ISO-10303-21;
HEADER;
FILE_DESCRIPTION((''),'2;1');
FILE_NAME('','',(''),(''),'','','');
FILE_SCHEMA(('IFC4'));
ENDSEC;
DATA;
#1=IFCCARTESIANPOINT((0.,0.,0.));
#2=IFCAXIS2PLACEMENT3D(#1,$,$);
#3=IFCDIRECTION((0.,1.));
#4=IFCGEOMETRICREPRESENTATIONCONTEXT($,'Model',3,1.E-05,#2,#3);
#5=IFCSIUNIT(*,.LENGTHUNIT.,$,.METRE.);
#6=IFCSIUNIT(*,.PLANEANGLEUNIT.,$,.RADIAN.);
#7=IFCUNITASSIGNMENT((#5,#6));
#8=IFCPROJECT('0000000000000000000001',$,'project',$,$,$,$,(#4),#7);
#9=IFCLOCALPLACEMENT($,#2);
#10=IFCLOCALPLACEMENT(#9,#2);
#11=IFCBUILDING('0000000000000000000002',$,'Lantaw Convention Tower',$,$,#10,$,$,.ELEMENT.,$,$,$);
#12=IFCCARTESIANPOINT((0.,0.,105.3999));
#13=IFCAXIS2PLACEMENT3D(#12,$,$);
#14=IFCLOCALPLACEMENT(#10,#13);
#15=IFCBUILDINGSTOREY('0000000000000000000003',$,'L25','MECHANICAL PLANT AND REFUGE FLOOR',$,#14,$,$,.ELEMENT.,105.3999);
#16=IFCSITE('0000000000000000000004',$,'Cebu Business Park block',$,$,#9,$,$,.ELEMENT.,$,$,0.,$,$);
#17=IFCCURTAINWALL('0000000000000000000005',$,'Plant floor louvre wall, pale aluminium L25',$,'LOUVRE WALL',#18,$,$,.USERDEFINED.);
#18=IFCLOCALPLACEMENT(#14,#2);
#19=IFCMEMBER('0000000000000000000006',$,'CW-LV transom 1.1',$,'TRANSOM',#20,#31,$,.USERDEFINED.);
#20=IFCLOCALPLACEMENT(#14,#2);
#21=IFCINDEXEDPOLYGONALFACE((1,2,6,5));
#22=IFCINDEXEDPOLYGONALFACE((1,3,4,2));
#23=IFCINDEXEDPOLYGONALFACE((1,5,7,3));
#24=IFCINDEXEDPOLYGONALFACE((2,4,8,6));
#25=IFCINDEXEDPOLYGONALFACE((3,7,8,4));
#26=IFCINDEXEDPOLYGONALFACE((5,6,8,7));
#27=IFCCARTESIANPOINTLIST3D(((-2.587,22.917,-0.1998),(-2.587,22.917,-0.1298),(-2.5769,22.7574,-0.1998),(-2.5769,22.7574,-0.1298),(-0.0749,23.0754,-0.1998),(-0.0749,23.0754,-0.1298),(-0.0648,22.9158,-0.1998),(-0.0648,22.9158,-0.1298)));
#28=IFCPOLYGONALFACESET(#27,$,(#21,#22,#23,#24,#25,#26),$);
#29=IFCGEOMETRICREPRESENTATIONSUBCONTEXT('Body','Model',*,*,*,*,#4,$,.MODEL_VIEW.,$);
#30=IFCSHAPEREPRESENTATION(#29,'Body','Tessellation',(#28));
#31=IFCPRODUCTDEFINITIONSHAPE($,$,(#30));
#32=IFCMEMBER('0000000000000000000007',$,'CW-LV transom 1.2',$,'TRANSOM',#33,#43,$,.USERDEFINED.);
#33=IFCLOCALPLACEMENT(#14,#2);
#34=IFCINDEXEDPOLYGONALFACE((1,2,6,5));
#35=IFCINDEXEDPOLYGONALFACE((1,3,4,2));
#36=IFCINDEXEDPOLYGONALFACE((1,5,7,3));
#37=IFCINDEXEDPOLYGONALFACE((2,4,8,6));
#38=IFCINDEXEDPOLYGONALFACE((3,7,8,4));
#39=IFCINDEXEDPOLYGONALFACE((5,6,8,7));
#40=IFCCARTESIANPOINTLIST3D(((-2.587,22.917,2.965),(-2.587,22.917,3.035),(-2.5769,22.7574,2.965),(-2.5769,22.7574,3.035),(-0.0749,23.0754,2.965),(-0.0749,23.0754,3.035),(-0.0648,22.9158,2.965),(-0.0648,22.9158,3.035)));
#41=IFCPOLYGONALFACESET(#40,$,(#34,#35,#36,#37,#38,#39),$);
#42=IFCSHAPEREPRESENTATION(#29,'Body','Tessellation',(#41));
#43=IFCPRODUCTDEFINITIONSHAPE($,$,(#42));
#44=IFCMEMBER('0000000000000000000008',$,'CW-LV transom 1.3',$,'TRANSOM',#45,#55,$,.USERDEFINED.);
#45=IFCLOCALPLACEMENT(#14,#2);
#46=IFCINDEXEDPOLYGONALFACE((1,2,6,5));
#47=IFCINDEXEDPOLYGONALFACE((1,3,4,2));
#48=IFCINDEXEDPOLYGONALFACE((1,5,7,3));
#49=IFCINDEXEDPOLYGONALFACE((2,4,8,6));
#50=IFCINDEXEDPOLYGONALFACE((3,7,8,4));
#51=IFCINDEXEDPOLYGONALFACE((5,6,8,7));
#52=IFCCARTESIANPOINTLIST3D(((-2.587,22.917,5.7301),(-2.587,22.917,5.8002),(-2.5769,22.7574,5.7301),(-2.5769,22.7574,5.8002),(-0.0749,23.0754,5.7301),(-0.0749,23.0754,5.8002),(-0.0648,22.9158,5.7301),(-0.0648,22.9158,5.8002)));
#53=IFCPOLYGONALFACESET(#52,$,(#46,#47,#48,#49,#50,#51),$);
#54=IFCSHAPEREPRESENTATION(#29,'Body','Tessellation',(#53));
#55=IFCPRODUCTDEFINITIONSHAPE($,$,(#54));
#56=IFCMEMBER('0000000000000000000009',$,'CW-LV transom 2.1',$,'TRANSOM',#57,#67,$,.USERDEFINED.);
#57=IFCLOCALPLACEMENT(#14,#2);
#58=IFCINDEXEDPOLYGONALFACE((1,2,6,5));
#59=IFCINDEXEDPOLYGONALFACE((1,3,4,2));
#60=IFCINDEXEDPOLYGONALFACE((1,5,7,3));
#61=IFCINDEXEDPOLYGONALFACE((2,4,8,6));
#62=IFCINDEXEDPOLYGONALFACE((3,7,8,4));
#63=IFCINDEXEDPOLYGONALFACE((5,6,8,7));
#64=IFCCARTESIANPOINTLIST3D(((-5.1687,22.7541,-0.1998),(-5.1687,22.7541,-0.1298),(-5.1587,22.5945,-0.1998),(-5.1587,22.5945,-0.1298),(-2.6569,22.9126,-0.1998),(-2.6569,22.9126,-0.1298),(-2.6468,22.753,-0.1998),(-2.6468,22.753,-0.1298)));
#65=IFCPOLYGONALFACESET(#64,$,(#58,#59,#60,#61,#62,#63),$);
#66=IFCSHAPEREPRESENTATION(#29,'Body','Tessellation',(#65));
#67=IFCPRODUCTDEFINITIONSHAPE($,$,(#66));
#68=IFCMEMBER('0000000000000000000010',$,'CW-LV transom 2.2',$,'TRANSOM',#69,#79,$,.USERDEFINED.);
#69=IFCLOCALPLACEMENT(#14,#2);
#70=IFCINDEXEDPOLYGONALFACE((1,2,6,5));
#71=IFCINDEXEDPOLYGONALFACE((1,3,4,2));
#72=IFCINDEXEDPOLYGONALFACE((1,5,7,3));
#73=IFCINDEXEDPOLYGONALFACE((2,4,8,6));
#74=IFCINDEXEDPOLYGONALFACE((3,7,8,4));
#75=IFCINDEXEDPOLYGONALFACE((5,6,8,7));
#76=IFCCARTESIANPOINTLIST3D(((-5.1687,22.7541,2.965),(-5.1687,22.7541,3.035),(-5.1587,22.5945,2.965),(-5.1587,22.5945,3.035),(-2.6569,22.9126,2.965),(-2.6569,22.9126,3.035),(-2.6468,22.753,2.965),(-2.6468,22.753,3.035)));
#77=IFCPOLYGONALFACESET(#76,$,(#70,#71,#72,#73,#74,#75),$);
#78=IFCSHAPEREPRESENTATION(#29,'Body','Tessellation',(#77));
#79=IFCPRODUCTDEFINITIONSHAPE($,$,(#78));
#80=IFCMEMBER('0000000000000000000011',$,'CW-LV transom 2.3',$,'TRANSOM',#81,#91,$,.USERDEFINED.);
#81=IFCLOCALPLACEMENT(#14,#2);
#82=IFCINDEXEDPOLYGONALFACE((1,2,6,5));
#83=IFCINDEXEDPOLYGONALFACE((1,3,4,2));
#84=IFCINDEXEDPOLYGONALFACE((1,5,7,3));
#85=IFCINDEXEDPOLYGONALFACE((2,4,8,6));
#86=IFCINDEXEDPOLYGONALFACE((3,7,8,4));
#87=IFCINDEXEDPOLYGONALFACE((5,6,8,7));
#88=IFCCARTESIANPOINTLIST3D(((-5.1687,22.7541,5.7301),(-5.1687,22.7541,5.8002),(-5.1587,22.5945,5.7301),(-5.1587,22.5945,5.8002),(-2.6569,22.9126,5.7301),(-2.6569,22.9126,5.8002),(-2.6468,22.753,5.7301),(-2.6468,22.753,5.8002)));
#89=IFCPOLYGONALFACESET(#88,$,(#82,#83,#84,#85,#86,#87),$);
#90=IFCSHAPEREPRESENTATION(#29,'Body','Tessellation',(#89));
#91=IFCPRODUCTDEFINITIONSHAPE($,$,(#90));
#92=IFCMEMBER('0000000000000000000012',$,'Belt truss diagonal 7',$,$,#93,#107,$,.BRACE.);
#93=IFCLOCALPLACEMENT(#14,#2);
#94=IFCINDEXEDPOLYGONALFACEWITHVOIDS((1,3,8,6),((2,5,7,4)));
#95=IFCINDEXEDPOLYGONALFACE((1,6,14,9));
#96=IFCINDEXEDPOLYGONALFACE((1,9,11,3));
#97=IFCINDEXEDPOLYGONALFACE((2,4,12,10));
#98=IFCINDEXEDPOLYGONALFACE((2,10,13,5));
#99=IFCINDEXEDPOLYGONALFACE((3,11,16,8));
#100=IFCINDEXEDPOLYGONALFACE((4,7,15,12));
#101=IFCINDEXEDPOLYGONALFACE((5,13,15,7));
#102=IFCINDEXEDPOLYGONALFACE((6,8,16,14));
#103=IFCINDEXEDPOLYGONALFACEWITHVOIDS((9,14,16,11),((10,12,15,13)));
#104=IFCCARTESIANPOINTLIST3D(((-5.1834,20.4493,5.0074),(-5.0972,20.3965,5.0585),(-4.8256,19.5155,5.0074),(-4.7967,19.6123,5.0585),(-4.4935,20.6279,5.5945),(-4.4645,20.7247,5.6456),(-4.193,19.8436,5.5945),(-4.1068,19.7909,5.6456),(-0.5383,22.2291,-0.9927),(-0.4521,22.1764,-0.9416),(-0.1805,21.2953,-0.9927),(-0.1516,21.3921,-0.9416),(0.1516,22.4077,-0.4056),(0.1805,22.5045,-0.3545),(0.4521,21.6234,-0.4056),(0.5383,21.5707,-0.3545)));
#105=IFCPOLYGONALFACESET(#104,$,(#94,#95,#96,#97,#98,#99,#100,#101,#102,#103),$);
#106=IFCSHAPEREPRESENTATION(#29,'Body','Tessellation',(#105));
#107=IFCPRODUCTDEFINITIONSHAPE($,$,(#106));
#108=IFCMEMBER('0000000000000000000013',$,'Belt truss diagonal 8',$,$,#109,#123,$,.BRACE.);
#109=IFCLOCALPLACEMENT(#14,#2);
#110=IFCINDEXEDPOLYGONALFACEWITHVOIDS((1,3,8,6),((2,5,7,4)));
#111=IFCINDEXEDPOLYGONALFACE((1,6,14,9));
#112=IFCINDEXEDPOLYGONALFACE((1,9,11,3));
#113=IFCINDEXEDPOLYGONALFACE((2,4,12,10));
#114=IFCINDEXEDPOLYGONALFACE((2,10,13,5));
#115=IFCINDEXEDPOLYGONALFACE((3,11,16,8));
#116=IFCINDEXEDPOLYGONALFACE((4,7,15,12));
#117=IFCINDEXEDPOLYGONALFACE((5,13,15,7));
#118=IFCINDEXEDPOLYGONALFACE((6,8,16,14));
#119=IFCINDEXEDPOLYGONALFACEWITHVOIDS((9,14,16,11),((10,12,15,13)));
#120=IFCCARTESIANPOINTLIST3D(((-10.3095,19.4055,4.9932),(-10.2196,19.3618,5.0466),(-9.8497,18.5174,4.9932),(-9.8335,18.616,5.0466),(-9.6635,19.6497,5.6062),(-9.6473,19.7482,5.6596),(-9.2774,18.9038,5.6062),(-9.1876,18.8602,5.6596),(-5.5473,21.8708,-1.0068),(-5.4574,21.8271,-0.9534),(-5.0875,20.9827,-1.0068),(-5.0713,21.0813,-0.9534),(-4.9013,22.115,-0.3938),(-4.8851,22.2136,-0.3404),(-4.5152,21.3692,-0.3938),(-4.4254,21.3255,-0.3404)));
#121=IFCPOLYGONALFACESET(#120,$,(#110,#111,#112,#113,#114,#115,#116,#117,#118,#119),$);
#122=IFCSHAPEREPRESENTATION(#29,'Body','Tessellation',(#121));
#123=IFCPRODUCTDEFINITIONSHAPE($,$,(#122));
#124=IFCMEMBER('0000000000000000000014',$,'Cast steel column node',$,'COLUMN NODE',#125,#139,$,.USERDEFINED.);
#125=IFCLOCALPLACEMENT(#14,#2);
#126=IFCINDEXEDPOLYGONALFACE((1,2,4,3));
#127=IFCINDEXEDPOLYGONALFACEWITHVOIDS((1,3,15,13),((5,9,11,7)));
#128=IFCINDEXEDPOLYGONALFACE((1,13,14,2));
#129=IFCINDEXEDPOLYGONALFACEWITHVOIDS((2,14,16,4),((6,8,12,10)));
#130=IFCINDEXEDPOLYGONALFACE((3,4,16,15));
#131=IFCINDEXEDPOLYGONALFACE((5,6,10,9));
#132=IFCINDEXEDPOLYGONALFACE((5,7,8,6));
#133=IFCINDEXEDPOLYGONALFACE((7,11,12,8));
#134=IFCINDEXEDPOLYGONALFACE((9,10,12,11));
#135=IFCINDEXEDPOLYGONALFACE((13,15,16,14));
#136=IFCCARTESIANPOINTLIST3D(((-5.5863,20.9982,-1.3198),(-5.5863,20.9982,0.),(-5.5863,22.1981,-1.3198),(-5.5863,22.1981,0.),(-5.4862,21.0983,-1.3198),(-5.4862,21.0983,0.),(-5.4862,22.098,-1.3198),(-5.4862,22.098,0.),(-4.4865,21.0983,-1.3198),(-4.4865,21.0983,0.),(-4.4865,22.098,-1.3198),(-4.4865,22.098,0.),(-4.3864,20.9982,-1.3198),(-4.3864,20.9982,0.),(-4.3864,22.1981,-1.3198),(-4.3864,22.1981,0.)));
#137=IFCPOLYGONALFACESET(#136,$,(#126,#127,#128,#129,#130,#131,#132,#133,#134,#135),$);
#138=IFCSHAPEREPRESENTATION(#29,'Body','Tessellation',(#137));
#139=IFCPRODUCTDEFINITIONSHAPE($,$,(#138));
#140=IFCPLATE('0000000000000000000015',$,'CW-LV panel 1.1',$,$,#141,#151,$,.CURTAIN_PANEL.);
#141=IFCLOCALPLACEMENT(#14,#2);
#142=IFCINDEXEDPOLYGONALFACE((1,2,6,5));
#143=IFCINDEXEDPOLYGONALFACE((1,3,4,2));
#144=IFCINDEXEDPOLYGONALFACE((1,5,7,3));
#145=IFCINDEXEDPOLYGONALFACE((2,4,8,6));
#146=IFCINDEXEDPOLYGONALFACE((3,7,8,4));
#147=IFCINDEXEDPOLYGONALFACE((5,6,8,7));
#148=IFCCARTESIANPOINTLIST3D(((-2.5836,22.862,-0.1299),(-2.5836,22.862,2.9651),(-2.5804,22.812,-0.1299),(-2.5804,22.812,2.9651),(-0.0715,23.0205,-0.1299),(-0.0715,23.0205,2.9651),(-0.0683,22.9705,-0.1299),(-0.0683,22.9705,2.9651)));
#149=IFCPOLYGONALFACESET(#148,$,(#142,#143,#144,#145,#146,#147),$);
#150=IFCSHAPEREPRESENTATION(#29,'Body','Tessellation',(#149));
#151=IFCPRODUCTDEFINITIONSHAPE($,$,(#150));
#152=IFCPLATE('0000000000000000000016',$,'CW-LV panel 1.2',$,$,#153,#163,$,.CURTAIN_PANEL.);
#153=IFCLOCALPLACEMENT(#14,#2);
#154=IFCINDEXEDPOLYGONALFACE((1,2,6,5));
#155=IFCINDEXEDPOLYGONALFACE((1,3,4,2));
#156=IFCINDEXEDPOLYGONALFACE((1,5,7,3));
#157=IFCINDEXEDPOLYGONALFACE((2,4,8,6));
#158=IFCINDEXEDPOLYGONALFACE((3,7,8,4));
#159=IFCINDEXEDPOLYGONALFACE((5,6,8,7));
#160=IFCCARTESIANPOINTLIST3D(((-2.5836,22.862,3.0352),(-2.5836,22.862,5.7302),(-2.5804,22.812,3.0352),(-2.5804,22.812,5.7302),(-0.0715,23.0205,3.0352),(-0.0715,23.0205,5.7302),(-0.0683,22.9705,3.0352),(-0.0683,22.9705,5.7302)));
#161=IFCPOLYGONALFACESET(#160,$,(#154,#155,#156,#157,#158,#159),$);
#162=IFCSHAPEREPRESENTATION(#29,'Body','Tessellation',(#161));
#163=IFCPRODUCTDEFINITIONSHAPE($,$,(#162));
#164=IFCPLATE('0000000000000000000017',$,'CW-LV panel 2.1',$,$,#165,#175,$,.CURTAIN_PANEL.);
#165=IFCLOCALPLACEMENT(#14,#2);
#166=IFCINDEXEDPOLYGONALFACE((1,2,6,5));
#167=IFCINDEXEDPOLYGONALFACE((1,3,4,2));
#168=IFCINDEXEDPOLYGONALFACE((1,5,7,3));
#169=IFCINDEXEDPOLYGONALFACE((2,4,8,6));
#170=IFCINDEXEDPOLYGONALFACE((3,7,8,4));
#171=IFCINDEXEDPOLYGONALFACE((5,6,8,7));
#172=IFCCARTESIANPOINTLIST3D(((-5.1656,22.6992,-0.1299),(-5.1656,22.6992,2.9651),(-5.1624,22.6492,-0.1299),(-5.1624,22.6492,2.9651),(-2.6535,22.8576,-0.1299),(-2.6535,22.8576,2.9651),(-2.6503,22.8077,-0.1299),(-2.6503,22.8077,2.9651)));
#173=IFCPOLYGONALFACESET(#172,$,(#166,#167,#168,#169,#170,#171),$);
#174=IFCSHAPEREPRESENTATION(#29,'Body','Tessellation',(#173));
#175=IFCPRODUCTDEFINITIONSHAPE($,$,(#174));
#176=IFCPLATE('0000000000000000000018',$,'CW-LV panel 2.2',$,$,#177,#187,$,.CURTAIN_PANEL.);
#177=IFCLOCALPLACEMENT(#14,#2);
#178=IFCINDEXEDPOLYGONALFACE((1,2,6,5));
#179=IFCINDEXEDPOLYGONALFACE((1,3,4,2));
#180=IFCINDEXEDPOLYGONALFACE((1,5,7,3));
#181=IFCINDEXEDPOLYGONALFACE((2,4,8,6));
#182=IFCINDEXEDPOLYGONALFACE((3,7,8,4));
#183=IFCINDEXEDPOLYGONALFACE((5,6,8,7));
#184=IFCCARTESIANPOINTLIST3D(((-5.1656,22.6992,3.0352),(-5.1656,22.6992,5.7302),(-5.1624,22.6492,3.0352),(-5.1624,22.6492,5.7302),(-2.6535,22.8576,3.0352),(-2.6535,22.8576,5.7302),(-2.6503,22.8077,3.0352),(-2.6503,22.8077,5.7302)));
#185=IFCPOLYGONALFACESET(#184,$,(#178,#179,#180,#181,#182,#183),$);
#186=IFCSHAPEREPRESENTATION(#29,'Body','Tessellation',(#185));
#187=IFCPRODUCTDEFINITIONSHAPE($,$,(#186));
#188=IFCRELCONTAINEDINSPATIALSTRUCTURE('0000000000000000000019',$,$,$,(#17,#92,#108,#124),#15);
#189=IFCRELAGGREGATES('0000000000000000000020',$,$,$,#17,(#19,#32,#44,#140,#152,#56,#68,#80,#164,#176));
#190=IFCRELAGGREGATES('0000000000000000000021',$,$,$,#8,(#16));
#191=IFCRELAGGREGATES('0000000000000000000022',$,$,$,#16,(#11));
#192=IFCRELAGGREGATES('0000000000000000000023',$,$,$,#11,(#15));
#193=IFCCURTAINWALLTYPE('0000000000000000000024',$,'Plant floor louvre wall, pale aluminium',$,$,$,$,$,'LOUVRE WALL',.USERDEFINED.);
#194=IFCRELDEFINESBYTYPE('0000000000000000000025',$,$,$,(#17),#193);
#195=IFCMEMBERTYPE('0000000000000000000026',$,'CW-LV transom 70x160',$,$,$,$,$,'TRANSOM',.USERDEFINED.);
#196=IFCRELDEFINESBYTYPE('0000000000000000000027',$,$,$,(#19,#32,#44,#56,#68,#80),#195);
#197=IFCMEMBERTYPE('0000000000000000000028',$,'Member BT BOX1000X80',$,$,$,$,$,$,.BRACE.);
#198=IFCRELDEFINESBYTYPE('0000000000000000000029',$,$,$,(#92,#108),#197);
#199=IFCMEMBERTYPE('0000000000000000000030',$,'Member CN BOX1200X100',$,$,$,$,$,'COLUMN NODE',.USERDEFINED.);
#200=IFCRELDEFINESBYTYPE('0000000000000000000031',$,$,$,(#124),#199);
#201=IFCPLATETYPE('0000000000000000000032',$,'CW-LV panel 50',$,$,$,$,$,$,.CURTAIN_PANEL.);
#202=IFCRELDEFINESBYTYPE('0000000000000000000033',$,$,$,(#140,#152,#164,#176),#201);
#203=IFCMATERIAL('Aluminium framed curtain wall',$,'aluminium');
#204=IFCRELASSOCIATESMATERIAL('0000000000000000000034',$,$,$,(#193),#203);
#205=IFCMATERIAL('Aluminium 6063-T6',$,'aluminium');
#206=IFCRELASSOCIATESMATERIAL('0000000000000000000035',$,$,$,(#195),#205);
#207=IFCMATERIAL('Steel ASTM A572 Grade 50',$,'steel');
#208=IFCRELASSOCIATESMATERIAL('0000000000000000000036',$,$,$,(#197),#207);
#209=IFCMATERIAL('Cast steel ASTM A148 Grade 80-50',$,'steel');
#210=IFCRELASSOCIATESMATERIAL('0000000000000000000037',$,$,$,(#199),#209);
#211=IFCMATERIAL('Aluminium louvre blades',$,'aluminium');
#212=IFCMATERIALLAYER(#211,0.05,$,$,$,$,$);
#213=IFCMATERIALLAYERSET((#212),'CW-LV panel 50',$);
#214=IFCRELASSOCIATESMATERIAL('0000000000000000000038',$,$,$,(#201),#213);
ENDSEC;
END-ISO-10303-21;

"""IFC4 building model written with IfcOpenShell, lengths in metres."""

from ifc_helpers import new_model, si_unit, direction, frame, origin, origin_2d, place, context, subcontext, project, spatial, rectangle, hollow_rectangle, extrude, material, layer, layer_set, material_profile, profile_set, type_object, element, aggregate, save


model = new_model("IFC4")

# Units and contexts
model_context = context("Model", 3, precision=1e-05, world=origin(), true_north=direction((0.0, 1.0)))
body_context = subcontext(model_context, "Body", "Model", "MODEL_VIEW")
ifc_project = project(units=[si_unit("LENGTHUNIT", "METRE"), si_unit("PLANEANGLEUNIT", "RADIAN")], contexts=[model_context])

# Site, building, storey
site_placement = place(None, origin())
site = spatial("IfcSite", under=ifc_project, at=site_placement, Name="Cebu Business Park block", CompositionType="ELEMENT", RefElevation=0.0)
building_placement = place(site_placement, origin())
building = spatial("IfcBuilding", under=site, at=building_placement, Name="Lantaw Convention Tower", CompositionType="ELEMENT")
storey_placement = place(building_placement, frame((0.0, 0.0, 105.3999)))
storey = spatial("IfcBuildingStorey", under=building, at=storey_placement, Name="L25", Description="MECHANICAL PLANT AND REFUGE FLOOR", CompositionType="ELEMENT", Elevation=105.3999)

# Curtain wall, members
ifc_material_1 = material(Name="Aluminium framed curtain wall", Category="aluminium")
curtain_wall_type = type_object("IfcCurtainWallType", Name="Plant floor louvre wall, pale aluminium", ElementType="LOUVRE WALL", PredefinedType="USERDEFINED", material=ifc_material_1)
curtain_wall_placement = place(storey_placement, origin())
curtain_wall = element("IfcCurtainWall", 1, at=curtain_wall_placement, inside=storey, type_object=curtain_wall_type, Name="Plant floor louvre wall, pale aluminium L25", ObjectType="LOUVRE WALL", PredefinedType="USERDEFINED")
ifc_material_2 = material(Name="Aluminium 6063-T6", Category="aluminium")
ifc_material_profile_1 = material_profile(ifc_material_2, rectangle(XDim=0.1599, YDim=0.0701, at=origin_2d()), Name="CW-LV transom 70x160")
ifc_profile_set_1 = profile_set([ifc_material_profile_1], Name="Aluminium 6063-T6")
member_type_1 = type_object("IfcMemberType", Name="CW-LV transom 70x160", ElementType="TRANSOM", PredefinedType="USERDEFINED", material=ifc_profile_set_1)
member_1_placement = place(storey_placement, frame((-0.0698, 22.9956, -0.1648), z_axis=(-0.998017, -0.062946, 0.0), x_axis=(0.062946, -0.998017, 0.0)))
member_1 = element("IfcMember", 2, at=member_1_placement, type_object=member_type_1, Name="CW-LV transom 1.1", ObjectType="TRANSOM", PredefinedType="USERDEFINED", context=body_context, shape_type="SweptSolid", body=[
    extrude(rectangle(XDim=0.1599, YDim=0.0701, at=origin_2d()), origin(), (0.0, 0.0, 1.0), 2.5171),
])
member_2_placement = place(storey_placement, frame((-0.0698, 22.9956, 3.0), z_axis=(-0.998017, -0.062946, 0.0), x_axis=(0.062946, -0.998017, 0.0)))
member_2 = element("IfcMember", 3, at=member_2_placement, type_object=member_type_1, Name="CW-LV transom 1.2", ObjectType="TRANSOM", PredefinedType="USERDEFINED", context=body_context, shape_type="SweptSolid", body=[
    extrude(rectangle(XDim=0.1599, YDim=0.0701, at=origin_2d()), origin(), (0.0, 0.0, 1.0), 2.5171),
])
member_3_placement = place(storey_placement, frame((-0.0698, 22.9956, 5.7651), z_axis=(-0.998017, -0.062946, 0.0), x_axis=(0.062946, -0.998017, 0.0)))
member_3 = element("IfcMember", 4, at=member_3_placement, type_object=member_type_1, Name="CW-LV transom 1.3", ObjectType="TRANSOM", PredefinedType="USERDEFINED", context=body_context, shape_type="SweptSolid", body=[
    extrude(rectangle(XDim=0.1599, YDim=0.0701, at=origin_2d()), origin(), (0.0, 0.0, 1.0), 2.5171),
])
member_4_placement = place(storey_placement, frame((-2.6519, 22.8328, -0.1648), z_axis=(-0.998017, -0.062952, 0.0), x_axis=(0.062952, -0.998017, 0.0)))
member_4 = element("IfcMember", 5, at=member_4_placement, type_object=member_type_1, Name="CW-LV transom 2.1", ObjectType="TRANSOM", PredefinedType="USERDEFINED", context=body_context, shape_type="SweptSolid", body=[
    extrude(rectangle(XDim=0.1599, YDim=0.0701, at=origin_2d()), origin(), (0.0, 0.0, 1.0), 2.5168),
])
member_5_placement = place(storey_placement, frame((-2.6519, 22.8328, 3.0), z_axis=(-0.998017, -0.062952, 0.0), x_axis=(0.062952, -0.998017, 0.0)))
member_5 = element("IfcMember", 6, at=member_5_placement, type_object=member_type_1, Name="CW-LV transom 2.2", ObjectType="TRANSOM", PredefinedType="USERDEFINED", context=body_context, shape_type="SweptSolid", body=[
    extrude(rectangle(XDim=0.1599, YDim=0.0701, at=origin_2d()), origin(), (0.0, 0.0, 1.0), 2.5168),
])
member_6_placement = place(storey_placement, frame((-2.6519, 22.8328, 5.7651), z_axis=(-0.998017, -0.062952, 0.0), x_axis=(0.062952, -0.998017, 0.0)))
member_6 = element("IfcMember", 7, at=member_6_placement, type_object=member_type_1, Name="CW-LV transom 2.3", ObjectType="TRANSOM", PredefinedType="USERDEFINED", context=body_context, shape_type="SweptSolid", body=[
    extrude(rectangle(XDim=0.1599, YDim=0.0701, at=origin_2d()), origin(), (0.0, 0.0, 1.0), 2.5168),
])

# Members
ifc_material_3 = material(Name="Steel ASTM A572 Grade 50", Category="steel")
ifc_material_profile_2 = material_profile(ifc_material_3, hollow_rectangle(XDim=1.0, YDim=1.0, WallThickness=0.0801, at=origin_2d()), Name="BOX1000X80")
ifc_profile_set_2 = profile_set([ifc_material_profile_2], Name="Steel ASTM A572 Grade 50")
member_type_2 = type_object("IfcMemberType", Name="Member BT BOX1000X80", PredefinedType="BRACE", material=ifc_profile_set_2)
member_7_placement = place(storey_placement, frame((0.0, 21.8999, -0.6736), z_axis=(-0.595986, -0.228358, 0.769839), x_axis=(0.357795, -0.9338, 0.0)))
element("IfcMember", 8, at=member_7_placement, inside=storey, type_object=member_type_2, Name="Belt truss diagonal 7", PredefinedType="BRACE", context=body_context, shape_type="SweptSolid", body=[
    extrude(hollow_rectangle(XDim=1.0, YDim=1.0, WallThickness=0.0801, at=origin_2d()), origin(), (0.0, 0.0, 1.0), 7.7939),
])
member_8_placement = place(storey_placement, frame((-4.9863, 21.5981, -0.6736), z_axis=(-0.591789, -0.306361, 0.745606), x_axis=(0.459735, -0.888056, 0.0)))
element("IfcMember", 9, at=member_8_placement, inside=storey, type_object=member_type_2, Name="Belt truss diagonal 8", PredefinedType="BRACE", context=body_context, shape_type="SweptSolid", body=[
    extrude(hollow_rectangle(XDim=1.0, YDim=1.0, WallThickness=0.0801, at=origin_2d()), origin(), (0.0, 0.0, 1.0), 8.0471),
])
ifc_material_4 = material(Name="Cast steel ASTM A148 Grade 80-50", Category="steel")
ifc_material_profile_3 = material_profile(ifc_material_4, hollow_rectangle(XDim=1.2, YDim=1.2, WallThickness=0.1001, at=origin_2d()), Name="BOX1200X100")
ifc_profile_set_3 = profile_set([ifc_material_profile_3], Name="Cast steel ASTM A148 Grade 80-50")
member_type_3 = type_object("IfcMemberType", Name="Member CN BOX1200X100", ElementType="COLUMN NODE", PredefinedType="USERDEFINED", material=ifc_profile_set_3)
member_9_placement = place(storey_placement, frame((-4.9863, 21.5981, -1.3198), z_axis=(0.0, 0.0, 1.0), x_axis=(1.0, 0.0, 0.0)))
element("IfcMember", 10, at=member_9_placement, inside=storey, type_object=member_type_3, Name="Cast steel column node", ObjectType="COLUMN NODE", PredefinedType="USERDEFINED", context=body_context, shape_type="SweptSolid", body=[
    extrude(hollow_rectangle(XDim=1.2, YDim=1.2, WallThickness=0.1001, at=origin_2d()), origin(), (0.0, 0.0, 1.0), 1.3198),
])

# Plates
ifc_material_5 = material(Name="Aluminium louvre blades", Category="aluminium")
ifc_layer_1 = layer(ifc_material_5, 0.05)
ifc_layer_set_1 = layer_set([ifc_layer_1], Name="CW-LV panel 50")
plate_type_1 = type_object("IfcPlateType", Name="CW-LV panel 50", PredefinedType="CURTAIN_PANEL", material=ifc_layer_set_1)
plate_1_placement = place(storey_placement, frame((-1.3259, 22.9163, -0.1299), z_axis=(0.0, 0.0, 1.0), x_axis=(-0.998016, -0.062958, 0.0)))
plate_1 = element("IfcPlate", 11, at=plate_1_placement, type_object=plate_type_1, Name="CW-LV panel 1.1", PredefinedType="CURTAIN_PANEL", context=body_context, shape_type="SweptSolid", body=[
    extrude(rectangle(XDim=2.5171, YDim=0.05, at=origin_2d()), origin(), (0.0, 0.0, 1.0), 3.095),
])
plate_2_placement = place(storey_placement, frame((-1.3259, 22.9163, 3.0352), z_axis=(0.0, 0.0, 1.0), x_axis=(-0.998016, -0.062958, 0.0)))
plate_2 = element("IfcPlate", 12, at=plate_2_placement, type_object=plate_type_1, Name="CW-LV panel 1.2", PredefinedType="CURTAIN_PANEL", context=body_context, shape_type="SweptSolid", body=[
    extrude(rectangle(XDim=2.5171, YDim=0.05, at=origin_2d()), origin(), (0.0, 0.0, 1.0), 2.6951),
])
plate_3_placement = place(storey_placement, frame((-3.908, 22.7534, -0.1299), z_axis=(0.0, 0.0, 1.0), x_axis=(-0.998016, -0.062958, 0.0)))
plate_3 = element("IfcPlate", 13, at=plate_3_placement, type_object=plate_type_1, Name="CW-LV panel 2.1", PredefinedType="CURTAIN_PANEL", context=body_context, shape_type="SweptSolid", body=[
    extrude(rectangle(XDim=2.5171, YDim=0.05, at=origin_2d()), origin(), (0.0, 0.0, 1.0), 3.095),
])
plate_4_placement = place(storey_placement, frame((-3.908, 22.7534, 3.0352), z_axis=(0.0, 0.0, 1.0), x_axis=(-0.998016, -0.062958, 0.0)))
plate_4 = element("IfcPlate", 14, at=plate_4_placement, type_object=plate_type_1, Name="CW-LV panel 2.2", PredefinedType="CURTAIN_PANEL", context=body_context, shape_type="SweptSolid", body=[
    extrude(rectangle(XDim=2.5171, YDim=0.05, at=origin_2d()), origin(), (0.0, 0.0, 1.0), 2.6951),
])
aggregate(curtain_wall, [member_1, member_2, member_3, plate_1, plate_2, member_4, member_5, member_6, plate_3, plate_4])

save(model, "model.ifc")
